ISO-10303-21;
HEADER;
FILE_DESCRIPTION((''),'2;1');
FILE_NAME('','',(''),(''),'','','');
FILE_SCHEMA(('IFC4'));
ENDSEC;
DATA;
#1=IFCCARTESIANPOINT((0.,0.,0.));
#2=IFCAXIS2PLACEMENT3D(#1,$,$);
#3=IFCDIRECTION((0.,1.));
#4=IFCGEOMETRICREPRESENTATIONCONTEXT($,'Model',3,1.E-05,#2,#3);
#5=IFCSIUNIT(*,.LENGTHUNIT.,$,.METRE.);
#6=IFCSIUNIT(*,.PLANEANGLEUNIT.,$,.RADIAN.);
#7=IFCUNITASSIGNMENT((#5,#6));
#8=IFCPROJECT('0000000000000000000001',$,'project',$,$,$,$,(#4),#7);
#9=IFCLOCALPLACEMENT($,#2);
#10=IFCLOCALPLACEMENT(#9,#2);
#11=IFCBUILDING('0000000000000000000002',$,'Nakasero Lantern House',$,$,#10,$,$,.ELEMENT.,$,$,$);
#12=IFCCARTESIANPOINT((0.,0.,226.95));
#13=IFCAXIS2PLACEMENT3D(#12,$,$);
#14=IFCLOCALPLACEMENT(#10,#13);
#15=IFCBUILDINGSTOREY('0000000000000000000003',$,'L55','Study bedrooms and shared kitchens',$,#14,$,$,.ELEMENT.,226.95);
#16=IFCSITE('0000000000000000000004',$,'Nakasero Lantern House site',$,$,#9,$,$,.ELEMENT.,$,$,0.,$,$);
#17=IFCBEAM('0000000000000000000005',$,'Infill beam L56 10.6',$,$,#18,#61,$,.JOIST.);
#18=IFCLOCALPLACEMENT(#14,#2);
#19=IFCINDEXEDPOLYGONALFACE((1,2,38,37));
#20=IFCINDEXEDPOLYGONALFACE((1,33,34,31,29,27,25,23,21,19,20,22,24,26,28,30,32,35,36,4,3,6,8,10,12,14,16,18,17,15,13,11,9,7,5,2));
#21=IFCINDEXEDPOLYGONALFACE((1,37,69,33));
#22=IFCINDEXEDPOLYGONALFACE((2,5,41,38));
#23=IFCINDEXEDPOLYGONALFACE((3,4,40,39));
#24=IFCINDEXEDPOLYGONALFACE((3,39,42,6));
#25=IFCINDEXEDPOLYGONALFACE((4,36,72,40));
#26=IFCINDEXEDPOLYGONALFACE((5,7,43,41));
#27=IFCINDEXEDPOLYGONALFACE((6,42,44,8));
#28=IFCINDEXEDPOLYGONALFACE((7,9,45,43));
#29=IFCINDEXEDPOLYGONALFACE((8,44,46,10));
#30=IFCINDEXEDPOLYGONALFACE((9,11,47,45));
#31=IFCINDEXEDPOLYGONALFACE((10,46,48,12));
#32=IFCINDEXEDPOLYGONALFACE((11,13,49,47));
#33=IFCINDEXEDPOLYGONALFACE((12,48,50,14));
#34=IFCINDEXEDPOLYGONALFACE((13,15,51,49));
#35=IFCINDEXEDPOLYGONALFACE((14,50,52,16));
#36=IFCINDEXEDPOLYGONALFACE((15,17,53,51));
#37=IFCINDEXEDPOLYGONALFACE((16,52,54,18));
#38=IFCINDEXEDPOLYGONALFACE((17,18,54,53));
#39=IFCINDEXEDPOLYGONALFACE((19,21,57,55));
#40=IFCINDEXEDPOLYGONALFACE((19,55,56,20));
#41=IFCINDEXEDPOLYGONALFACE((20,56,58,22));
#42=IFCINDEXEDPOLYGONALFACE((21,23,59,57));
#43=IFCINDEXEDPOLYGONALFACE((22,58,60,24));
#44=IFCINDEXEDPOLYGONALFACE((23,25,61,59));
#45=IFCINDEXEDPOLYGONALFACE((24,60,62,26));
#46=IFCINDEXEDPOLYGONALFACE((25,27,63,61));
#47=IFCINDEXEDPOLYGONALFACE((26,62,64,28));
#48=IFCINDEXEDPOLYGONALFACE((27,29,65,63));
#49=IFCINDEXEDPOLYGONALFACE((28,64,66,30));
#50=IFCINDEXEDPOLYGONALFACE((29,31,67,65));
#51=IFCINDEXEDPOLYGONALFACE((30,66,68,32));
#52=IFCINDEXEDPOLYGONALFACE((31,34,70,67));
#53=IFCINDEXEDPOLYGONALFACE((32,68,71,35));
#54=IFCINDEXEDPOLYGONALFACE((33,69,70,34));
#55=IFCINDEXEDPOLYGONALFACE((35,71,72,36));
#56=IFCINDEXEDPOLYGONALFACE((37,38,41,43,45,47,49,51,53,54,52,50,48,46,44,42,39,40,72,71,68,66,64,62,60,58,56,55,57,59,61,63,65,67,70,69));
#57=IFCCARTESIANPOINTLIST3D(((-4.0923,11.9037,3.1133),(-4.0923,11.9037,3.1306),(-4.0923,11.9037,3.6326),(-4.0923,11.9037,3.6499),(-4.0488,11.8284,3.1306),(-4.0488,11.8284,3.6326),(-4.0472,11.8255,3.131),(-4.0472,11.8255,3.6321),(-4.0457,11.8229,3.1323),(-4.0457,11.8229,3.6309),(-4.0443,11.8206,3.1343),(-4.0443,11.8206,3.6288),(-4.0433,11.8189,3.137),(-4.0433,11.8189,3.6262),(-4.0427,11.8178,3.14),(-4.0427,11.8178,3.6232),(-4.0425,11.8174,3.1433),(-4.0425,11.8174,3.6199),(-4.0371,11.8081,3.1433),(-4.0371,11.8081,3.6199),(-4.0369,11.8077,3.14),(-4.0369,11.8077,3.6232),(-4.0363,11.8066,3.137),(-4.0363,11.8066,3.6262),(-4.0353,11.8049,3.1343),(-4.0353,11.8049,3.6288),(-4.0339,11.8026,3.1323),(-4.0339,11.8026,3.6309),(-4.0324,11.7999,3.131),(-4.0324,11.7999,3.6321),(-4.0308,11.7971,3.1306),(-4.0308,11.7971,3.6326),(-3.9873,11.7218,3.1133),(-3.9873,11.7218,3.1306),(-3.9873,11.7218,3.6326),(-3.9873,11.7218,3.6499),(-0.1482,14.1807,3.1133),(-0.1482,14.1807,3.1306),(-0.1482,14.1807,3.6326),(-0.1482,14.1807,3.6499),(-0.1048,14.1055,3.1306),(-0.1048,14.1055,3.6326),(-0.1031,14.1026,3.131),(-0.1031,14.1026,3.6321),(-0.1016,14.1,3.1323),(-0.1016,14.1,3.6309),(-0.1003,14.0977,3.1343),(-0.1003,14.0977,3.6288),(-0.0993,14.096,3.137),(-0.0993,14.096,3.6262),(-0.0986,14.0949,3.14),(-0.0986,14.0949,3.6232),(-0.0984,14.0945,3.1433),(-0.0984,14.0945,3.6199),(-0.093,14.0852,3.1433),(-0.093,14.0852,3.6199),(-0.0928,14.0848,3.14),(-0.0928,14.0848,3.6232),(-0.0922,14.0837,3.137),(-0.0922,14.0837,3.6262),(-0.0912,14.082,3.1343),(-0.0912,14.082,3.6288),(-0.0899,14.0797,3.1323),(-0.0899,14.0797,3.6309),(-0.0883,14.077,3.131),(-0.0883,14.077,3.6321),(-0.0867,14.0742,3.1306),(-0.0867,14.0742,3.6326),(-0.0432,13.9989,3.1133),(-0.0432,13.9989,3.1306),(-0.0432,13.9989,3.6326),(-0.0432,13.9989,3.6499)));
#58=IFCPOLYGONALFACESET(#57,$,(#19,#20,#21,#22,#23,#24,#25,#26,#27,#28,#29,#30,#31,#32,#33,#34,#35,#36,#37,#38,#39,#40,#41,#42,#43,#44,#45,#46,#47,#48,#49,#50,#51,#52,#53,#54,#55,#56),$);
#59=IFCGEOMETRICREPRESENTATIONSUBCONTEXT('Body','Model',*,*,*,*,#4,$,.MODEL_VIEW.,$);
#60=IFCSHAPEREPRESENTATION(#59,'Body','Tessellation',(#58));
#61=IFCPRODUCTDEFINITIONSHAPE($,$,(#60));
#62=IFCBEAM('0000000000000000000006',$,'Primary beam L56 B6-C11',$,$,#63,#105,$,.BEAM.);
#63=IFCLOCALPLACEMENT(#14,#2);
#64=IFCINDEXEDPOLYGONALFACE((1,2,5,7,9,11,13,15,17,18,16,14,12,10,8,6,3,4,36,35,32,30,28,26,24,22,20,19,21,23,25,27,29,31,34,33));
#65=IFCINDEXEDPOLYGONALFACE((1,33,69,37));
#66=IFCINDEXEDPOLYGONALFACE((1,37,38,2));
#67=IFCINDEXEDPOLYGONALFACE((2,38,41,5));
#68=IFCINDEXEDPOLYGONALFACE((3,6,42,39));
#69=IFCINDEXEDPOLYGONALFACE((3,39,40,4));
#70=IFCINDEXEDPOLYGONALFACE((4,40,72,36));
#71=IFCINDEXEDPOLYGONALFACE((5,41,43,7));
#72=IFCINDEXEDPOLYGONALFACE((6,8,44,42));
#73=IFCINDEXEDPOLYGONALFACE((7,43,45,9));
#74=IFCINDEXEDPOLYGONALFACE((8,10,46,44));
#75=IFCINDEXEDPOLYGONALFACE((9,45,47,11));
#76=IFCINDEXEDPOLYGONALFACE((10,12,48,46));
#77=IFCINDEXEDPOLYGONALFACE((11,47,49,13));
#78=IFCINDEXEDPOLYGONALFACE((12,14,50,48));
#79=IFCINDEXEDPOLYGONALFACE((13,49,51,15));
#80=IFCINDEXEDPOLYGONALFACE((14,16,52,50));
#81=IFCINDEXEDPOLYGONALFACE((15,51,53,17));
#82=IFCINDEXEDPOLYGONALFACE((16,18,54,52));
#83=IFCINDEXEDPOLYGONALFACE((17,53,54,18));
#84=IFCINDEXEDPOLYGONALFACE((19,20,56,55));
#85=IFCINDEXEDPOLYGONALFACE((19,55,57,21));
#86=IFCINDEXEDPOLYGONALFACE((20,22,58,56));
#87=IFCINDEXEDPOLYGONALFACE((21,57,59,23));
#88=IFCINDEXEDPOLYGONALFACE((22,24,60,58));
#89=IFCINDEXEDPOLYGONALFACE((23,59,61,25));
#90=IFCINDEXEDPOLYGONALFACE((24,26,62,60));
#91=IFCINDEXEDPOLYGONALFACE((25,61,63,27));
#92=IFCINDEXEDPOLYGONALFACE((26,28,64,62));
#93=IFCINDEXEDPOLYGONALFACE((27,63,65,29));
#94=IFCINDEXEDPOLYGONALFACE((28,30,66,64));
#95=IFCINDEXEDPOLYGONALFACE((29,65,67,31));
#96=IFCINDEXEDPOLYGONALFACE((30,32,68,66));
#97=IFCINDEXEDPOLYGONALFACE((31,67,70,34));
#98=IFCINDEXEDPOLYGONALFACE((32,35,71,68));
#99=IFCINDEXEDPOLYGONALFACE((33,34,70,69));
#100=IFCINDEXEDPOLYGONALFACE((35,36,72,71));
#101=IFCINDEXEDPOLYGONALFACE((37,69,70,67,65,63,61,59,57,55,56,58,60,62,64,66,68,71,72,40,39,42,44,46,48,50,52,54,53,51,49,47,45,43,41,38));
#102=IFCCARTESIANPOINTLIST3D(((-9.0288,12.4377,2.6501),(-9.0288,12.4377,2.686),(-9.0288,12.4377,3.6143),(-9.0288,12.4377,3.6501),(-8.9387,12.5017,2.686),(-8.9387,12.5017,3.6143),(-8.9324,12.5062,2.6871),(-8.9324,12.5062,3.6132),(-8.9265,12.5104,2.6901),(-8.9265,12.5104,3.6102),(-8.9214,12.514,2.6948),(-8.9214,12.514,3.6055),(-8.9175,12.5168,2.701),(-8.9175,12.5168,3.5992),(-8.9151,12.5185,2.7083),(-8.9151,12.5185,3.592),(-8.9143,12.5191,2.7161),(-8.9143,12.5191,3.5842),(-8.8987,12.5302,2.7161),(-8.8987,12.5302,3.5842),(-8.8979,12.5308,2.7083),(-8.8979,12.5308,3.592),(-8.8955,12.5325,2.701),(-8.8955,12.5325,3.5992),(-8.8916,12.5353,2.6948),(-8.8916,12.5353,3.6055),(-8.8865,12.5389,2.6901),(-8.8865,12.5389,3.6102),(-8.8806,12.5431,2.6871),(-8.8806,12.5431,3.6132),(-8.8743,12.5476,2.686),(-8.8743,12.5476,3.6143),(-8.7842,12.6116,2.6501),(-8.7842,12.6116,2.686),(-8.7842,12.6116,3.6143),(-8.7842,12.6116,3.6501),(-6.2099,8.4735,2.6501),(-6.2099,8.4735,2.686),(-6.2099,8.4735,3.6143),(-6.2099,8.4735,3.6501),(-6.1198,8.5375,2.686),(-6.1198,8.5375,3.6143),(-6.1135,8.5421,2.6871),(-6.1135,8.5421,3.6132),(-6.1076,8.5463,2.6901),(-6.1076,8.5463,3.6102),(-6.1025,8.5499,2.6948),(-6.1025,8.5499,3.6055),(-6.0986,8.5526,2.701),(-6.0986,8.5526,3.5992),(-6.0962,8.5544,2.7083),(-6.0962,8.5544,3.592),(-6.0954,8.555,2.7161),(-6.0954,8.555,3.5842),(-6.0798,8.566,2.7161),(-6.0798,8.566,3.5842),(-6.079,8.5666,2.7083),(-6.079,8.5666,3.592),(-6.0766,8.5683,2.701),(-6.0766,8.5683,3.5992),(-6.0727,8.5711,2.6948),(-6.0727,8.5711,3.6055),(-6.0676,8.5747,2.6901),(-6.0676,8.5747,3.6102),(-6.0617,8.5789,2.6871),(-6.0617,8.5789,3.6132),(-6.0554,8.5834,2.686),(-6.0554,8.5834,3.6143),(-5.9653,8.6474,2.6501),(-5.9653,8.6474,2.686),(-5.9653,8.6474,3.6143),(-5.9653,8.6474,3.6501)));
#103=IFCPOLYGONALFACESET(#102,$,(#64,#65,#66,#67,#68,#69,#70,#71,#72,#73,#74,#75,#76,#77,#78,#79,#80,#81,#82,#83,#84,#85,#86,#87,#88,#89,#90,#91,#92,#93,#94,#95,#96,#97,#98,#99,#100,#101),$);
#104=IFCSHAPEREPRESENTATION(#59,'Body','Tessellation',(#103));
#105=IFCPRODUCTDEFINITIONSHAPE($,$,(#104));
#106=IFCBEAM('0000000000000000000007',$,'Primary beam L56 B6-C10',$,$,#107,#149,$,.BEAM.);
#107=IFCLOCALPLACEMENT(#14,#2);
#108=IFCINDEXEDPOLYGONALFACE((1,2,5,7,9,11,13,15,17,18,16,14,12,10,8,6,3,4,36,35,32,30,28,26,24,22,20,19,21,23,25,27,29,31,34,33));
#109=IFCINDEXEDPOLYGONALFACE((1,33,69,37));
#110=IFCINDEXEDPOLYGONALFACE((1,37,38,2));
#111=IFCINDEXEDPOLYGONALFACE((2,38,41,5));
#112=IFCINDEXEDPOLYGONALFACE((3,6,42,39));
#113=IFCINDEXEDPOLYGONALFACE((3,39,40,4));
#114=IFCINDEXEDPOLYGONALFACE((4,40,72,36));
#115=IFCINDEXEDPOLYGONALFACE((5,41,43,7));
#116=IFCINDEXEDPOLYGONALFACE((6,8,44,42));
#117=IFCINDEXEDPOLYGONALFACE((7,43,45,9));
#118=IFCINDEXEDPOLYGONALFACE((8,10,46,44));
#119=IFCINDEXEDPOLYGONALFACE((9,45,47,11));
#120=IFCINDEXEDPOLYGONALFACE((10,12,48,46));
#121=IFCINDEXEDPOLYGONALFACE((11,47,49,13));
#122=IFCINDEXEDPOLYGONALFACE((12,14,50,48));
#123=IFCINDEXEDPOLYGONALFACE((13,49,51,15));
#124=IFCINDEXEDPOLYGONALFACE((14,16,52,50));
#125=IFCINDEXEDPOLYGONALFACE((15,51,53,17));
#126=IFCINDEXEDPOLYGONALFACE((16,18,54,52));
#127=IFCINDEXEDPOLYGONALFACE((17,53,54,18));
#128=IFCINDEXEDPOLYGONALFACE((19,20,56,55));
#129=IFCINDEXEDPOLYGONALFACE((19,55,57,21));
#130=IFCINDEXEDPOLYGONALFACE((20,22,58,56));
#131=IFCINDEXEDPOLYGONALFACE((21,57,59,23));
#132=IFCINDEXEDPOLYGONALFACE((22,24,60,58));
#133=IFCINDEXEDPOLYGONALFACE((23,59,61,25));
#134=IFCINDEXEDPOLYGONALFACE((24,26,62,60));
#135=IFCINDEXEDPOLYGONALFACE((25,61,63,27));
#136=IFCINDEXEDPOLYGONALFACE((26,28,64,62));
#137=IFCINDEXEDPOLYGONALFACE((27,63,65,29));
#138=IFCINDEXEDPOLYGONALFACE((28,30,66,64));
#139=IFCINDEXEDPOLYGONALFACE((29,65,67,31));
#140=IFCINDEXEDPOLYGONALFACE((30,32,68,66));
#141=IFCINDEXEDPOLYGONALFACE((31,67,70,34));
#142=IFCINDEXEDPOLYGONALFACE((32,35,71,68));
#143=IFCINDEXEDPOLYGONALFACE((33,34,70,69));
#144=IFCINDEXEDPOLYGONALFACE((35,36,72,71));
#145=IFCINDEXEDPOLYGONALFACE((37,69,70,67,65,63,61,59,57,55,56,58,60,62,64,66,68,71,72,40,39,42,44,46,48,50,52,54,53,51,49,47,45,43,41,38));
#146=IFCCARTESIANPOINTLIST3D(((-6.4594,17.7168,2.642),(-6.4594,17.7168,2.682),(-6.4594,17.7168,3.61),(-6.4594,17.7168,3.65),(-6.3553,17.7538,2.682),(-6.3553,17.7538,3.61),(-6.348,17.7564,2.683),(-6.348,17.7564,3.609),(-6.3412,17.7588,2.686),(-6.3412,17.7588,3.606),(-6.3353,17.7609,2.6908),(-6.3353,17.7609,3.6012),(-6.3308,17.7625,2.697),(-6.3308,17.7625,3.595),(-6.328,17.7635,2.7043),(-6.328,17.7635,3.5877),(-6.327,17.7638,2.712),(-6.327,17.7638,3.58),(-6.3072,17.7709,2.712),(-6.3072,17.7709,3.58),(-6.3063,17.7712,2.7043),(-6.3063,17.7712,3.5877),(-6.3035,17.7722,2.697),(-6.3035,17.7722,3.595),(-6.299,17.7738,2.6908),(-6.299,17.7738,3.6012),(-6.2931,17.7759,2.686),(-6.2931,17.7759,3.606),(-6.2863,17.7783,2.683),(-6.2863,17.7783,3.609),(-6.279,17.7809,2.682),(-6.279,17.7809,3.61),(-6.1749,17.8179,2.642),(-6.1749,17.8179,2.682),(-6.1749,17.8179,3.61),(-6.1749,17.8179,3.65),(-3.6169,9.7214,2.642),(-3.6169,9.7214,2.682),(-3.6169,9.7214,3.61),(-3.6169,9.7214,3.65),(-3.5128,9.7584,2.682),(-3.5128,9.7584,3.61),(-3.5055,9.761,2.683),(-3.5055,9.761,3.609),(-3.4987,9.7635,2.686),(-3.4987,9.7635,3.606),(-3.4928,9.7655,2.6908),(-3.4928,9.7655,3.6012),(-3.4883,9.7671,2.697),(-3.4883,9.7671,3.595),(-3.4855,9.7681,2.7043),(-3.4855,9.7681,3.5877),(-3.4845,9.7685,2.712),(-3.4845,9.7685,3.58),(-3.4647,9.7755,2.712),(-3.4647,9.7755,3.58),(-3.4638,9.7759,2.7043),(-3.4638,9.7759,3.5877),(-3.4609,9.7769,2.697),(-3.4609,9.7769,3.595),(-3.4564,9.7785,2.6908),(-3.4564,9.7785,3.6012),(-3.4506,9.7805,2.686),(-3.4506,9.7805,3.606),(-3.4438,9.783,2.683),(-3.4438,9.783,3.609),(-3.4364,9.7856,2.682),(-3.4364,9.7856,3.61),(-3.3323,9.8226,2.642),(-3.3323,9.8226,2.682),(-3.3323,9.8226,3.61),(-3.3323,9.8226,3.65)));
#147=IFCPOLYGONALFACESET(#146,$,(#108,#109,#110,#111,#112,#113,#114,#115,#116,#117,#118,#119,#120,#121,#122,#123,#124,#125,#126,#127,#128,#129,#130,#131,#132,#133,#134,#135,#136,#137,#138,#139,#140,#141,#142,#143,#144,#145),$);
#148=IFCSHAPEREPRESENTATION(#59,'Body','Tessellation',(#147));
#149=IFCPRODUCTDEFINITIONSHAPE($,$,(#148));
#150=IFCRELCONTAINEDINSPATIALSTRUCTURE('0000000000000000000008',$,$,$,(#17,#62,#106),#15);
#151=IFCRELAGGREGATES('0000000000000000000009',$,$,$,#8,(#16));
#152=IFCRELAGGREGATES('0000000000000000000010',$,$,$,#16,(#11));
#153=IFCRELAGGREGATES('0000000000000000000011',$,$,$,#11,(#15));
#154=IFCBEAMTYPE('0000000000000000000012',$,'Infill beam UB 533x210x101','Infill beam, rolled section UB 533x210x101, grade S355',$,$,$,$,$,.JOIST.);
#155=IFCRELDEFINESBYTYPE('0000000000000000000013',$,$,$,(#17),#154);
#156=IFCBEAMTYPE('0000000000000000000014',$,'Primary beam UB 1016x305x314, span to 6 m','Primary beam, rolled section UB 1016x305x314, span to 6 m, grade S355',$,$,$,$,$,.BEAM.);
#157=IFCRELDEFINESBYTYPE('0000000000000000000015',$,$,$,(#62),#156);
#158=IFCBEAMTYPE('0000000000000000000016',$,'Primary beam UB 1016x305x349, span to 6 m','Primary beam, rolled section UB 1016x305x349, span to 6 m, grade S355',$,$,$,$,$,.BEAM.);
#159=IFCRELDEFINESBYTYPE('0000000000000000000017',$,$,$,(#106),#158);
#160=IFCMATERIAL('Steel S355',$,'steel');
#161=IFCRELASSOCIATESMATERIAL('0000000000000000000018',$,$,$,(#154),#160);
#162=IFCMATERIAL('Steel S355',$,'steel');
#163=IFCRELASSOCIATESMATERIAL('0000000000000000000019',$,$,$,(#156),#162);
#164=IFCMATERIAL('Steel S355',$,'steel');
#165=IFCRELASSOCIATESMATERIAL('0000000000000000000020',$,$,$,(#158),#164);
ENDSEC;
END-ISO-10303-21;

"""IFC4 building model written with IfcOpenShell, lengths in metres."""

from ifc_helpers import new_model, si_unit, direction, frame, origin, origin_2d, place, context, subcontext, project, spatial, i_section, extrude, material, material_profile, profile_set, type_object, element, save


model = new_model("IFC4")

# Units and contexts
model_context = context("Model", 3, precision=1e-05, world=origin(), true_north=direction((0.0, 1.0)))
body_context = subcontext(model_context, "Body", "Model", "MODEL_VIEW")
ifc_project = project(units=[si_unit("LENGTHUNIT", "METRE"), si_unit("PLANEANGLEUNIT", "RADIAN")], contexts=[model_context])

# Site, building, storey
site_placement = place(None, origin())
site = spatial("IfcSite", under=ifc_project, at=site_placement, Name="Nakasero Lantern House site", CompositionType="ELEMENT", RefElevation=0.0)
building_placement = place(site_placement, origin())
building = spatial("IfcBuilding", under=site, at=building_placement, Name="Nakasero Lantern House", CompositionType="ELEMENT")
storey_placement = place(building_placement, frame((0.0, 0.0, 226.95)))
storey = spatial("IfcBuildingStorey", under=building, at=storey_placement, Name="L55", Description="Study bedrooms and shared kitchens", CompositionType="ELEMENT", Elevation=226.95)

# Beams
ifc_material_1 = material(Name="Steel S355", Category="steel")
ifc_material_profile_1 = material_profile(ifc_material_1, i_section(OverallWidth=0.21, OverallDepth=0.5366, WebThickness=0.0107, FlangeThickness=0.0173, FilletRadius=0.0127, at=origin_2d()), Name="UB 533x210x101")
ifc_profile_set_1 = profile_set([ifc_material_profile_1], Name="Steel S355")
beam_type_1 = type_object("IfcBeamType", Name="Infill beam UB 533x210x101", Description="Infill beam, rolled section UB 533x210x101, grade S355", PredefinedType="JOIST", material=ifc_profile_set_1)
beam_1_placement = place(storey_placement, frame((-4.0398, 11.8127, 3.3816), z_axis=(0.866028, 0.499996, 0.0), x_axis=(-0.499996, 0.866028, 0.0)))
element("IfcBeam", 1, at=beam_1_placement, inside=storey, type_object=beam_type_1, Name="Infill beam L56 10.6", PredefinedType="JOIST", context=body_context, shape_type="SweptSolid", body=[
    extrude(i_section(OverallWidth=0.21, OverallDepth=0.5366, WebThickness=0.0107, FlangeThickness=0.0173, FilletRadius=0.0127, at=origin_2d()), origin(), (0.0, 0.0, 1.0), 4.5542),
])
ifc_material_2 = material(Name="Steel S355", Category="steel")
ifc_material_profile_2 = material_profile(ifc_material_2, i_section(OverallWidth=0.3, OverallDepth=1.0, WebThickness=0.019, FlangeThickness=0.0359, FilletRadius=0.03, at=origin_2d()), Name="UB 1016x305x314")
ifc_profile_set_2 = profile_set([ifc_material_profile_2], Name="Steel S355")
beam_type_2 = type_object("IfcBeamType", Name="Primary beam UB 1016x305x314, span to 6 m", Description="Primary beam, rolled section UB 1016x305x314, span to 6 m, grade S355", PredefinedType="BEAM", material=ifc_profile_set_2)
beam_2_placement = place(storey_placement, frame((-8.9065, 12.5247, 3.1501), z_axis=(0.579513, -0.814963, 0.0), x_axis=(0.814963, 0.579513, 0.0)))
element("IfcBeam", 2, at=beam_2_placement, inside=storey, type_object=beam_type_2, Name="Primary beam L56 B6-C11", PredefinedType="BEAM", context=body_context, shape_type="SweptSolid", body=[
    extrude(i_section(OverallWidth=0.3, OverallDepth=1.0, WebThickness=0.019, FlangeThickness=0.0359, FilletRadius=0.03, at=origin_2d()), origin(), (0.0, 0.0, 1.0), 4.8643),
])
ifc_material_3 = material(Name="Steel S355", Category="steel")
ifc_material_profile_3 = material_profile(ifc_material_3, i_section(OverallWidth=0.302, OverallDepth=1.0081, WebThickness=0.021, FlangeThickness=0.04, FilletRadius=0.03, at=origin_2d()), Name="UB 1016x305x349")
ifc_profile_set_3 = profile_set([ifc_material_profile_3], Name="Steel S355")
beam_type_3 = type_object("IfcBeamType", Name="Primary beam UB 1016x305x349, span to 6 m", Description="Primary beam, rolled section UB 1016x305x349, span to 6 m, grade S355", PredefinedType="BEAM", material=ifc_profile_set_3)
beam_3_placement = place(storey_placement, frame((-6.3171, 17.7673, 3.146), z_axis=(0.334982, -0.942225, 0.0), x_axis=(0.942225, 0.334982, 0.0)))
element("IfcBeam", 3, at=beam_3_placement, inside=storey, type_object=beam_type_3, Name="Primary beam L56 B6-C10", PredefinedType="BEAM", context=body_context, shape_type="SweptSolid", body=[
    extrude(i_section(OverallWidth=0.302, OverallDepth=1.0081, WebThickness=0.021, FlangeThickness=0.04, FilletRadius=0.03, at=origin_2d()), origin(), (0.0, 0.0, 1.0), 8.4856),
])

save(model, "model.ifc")
